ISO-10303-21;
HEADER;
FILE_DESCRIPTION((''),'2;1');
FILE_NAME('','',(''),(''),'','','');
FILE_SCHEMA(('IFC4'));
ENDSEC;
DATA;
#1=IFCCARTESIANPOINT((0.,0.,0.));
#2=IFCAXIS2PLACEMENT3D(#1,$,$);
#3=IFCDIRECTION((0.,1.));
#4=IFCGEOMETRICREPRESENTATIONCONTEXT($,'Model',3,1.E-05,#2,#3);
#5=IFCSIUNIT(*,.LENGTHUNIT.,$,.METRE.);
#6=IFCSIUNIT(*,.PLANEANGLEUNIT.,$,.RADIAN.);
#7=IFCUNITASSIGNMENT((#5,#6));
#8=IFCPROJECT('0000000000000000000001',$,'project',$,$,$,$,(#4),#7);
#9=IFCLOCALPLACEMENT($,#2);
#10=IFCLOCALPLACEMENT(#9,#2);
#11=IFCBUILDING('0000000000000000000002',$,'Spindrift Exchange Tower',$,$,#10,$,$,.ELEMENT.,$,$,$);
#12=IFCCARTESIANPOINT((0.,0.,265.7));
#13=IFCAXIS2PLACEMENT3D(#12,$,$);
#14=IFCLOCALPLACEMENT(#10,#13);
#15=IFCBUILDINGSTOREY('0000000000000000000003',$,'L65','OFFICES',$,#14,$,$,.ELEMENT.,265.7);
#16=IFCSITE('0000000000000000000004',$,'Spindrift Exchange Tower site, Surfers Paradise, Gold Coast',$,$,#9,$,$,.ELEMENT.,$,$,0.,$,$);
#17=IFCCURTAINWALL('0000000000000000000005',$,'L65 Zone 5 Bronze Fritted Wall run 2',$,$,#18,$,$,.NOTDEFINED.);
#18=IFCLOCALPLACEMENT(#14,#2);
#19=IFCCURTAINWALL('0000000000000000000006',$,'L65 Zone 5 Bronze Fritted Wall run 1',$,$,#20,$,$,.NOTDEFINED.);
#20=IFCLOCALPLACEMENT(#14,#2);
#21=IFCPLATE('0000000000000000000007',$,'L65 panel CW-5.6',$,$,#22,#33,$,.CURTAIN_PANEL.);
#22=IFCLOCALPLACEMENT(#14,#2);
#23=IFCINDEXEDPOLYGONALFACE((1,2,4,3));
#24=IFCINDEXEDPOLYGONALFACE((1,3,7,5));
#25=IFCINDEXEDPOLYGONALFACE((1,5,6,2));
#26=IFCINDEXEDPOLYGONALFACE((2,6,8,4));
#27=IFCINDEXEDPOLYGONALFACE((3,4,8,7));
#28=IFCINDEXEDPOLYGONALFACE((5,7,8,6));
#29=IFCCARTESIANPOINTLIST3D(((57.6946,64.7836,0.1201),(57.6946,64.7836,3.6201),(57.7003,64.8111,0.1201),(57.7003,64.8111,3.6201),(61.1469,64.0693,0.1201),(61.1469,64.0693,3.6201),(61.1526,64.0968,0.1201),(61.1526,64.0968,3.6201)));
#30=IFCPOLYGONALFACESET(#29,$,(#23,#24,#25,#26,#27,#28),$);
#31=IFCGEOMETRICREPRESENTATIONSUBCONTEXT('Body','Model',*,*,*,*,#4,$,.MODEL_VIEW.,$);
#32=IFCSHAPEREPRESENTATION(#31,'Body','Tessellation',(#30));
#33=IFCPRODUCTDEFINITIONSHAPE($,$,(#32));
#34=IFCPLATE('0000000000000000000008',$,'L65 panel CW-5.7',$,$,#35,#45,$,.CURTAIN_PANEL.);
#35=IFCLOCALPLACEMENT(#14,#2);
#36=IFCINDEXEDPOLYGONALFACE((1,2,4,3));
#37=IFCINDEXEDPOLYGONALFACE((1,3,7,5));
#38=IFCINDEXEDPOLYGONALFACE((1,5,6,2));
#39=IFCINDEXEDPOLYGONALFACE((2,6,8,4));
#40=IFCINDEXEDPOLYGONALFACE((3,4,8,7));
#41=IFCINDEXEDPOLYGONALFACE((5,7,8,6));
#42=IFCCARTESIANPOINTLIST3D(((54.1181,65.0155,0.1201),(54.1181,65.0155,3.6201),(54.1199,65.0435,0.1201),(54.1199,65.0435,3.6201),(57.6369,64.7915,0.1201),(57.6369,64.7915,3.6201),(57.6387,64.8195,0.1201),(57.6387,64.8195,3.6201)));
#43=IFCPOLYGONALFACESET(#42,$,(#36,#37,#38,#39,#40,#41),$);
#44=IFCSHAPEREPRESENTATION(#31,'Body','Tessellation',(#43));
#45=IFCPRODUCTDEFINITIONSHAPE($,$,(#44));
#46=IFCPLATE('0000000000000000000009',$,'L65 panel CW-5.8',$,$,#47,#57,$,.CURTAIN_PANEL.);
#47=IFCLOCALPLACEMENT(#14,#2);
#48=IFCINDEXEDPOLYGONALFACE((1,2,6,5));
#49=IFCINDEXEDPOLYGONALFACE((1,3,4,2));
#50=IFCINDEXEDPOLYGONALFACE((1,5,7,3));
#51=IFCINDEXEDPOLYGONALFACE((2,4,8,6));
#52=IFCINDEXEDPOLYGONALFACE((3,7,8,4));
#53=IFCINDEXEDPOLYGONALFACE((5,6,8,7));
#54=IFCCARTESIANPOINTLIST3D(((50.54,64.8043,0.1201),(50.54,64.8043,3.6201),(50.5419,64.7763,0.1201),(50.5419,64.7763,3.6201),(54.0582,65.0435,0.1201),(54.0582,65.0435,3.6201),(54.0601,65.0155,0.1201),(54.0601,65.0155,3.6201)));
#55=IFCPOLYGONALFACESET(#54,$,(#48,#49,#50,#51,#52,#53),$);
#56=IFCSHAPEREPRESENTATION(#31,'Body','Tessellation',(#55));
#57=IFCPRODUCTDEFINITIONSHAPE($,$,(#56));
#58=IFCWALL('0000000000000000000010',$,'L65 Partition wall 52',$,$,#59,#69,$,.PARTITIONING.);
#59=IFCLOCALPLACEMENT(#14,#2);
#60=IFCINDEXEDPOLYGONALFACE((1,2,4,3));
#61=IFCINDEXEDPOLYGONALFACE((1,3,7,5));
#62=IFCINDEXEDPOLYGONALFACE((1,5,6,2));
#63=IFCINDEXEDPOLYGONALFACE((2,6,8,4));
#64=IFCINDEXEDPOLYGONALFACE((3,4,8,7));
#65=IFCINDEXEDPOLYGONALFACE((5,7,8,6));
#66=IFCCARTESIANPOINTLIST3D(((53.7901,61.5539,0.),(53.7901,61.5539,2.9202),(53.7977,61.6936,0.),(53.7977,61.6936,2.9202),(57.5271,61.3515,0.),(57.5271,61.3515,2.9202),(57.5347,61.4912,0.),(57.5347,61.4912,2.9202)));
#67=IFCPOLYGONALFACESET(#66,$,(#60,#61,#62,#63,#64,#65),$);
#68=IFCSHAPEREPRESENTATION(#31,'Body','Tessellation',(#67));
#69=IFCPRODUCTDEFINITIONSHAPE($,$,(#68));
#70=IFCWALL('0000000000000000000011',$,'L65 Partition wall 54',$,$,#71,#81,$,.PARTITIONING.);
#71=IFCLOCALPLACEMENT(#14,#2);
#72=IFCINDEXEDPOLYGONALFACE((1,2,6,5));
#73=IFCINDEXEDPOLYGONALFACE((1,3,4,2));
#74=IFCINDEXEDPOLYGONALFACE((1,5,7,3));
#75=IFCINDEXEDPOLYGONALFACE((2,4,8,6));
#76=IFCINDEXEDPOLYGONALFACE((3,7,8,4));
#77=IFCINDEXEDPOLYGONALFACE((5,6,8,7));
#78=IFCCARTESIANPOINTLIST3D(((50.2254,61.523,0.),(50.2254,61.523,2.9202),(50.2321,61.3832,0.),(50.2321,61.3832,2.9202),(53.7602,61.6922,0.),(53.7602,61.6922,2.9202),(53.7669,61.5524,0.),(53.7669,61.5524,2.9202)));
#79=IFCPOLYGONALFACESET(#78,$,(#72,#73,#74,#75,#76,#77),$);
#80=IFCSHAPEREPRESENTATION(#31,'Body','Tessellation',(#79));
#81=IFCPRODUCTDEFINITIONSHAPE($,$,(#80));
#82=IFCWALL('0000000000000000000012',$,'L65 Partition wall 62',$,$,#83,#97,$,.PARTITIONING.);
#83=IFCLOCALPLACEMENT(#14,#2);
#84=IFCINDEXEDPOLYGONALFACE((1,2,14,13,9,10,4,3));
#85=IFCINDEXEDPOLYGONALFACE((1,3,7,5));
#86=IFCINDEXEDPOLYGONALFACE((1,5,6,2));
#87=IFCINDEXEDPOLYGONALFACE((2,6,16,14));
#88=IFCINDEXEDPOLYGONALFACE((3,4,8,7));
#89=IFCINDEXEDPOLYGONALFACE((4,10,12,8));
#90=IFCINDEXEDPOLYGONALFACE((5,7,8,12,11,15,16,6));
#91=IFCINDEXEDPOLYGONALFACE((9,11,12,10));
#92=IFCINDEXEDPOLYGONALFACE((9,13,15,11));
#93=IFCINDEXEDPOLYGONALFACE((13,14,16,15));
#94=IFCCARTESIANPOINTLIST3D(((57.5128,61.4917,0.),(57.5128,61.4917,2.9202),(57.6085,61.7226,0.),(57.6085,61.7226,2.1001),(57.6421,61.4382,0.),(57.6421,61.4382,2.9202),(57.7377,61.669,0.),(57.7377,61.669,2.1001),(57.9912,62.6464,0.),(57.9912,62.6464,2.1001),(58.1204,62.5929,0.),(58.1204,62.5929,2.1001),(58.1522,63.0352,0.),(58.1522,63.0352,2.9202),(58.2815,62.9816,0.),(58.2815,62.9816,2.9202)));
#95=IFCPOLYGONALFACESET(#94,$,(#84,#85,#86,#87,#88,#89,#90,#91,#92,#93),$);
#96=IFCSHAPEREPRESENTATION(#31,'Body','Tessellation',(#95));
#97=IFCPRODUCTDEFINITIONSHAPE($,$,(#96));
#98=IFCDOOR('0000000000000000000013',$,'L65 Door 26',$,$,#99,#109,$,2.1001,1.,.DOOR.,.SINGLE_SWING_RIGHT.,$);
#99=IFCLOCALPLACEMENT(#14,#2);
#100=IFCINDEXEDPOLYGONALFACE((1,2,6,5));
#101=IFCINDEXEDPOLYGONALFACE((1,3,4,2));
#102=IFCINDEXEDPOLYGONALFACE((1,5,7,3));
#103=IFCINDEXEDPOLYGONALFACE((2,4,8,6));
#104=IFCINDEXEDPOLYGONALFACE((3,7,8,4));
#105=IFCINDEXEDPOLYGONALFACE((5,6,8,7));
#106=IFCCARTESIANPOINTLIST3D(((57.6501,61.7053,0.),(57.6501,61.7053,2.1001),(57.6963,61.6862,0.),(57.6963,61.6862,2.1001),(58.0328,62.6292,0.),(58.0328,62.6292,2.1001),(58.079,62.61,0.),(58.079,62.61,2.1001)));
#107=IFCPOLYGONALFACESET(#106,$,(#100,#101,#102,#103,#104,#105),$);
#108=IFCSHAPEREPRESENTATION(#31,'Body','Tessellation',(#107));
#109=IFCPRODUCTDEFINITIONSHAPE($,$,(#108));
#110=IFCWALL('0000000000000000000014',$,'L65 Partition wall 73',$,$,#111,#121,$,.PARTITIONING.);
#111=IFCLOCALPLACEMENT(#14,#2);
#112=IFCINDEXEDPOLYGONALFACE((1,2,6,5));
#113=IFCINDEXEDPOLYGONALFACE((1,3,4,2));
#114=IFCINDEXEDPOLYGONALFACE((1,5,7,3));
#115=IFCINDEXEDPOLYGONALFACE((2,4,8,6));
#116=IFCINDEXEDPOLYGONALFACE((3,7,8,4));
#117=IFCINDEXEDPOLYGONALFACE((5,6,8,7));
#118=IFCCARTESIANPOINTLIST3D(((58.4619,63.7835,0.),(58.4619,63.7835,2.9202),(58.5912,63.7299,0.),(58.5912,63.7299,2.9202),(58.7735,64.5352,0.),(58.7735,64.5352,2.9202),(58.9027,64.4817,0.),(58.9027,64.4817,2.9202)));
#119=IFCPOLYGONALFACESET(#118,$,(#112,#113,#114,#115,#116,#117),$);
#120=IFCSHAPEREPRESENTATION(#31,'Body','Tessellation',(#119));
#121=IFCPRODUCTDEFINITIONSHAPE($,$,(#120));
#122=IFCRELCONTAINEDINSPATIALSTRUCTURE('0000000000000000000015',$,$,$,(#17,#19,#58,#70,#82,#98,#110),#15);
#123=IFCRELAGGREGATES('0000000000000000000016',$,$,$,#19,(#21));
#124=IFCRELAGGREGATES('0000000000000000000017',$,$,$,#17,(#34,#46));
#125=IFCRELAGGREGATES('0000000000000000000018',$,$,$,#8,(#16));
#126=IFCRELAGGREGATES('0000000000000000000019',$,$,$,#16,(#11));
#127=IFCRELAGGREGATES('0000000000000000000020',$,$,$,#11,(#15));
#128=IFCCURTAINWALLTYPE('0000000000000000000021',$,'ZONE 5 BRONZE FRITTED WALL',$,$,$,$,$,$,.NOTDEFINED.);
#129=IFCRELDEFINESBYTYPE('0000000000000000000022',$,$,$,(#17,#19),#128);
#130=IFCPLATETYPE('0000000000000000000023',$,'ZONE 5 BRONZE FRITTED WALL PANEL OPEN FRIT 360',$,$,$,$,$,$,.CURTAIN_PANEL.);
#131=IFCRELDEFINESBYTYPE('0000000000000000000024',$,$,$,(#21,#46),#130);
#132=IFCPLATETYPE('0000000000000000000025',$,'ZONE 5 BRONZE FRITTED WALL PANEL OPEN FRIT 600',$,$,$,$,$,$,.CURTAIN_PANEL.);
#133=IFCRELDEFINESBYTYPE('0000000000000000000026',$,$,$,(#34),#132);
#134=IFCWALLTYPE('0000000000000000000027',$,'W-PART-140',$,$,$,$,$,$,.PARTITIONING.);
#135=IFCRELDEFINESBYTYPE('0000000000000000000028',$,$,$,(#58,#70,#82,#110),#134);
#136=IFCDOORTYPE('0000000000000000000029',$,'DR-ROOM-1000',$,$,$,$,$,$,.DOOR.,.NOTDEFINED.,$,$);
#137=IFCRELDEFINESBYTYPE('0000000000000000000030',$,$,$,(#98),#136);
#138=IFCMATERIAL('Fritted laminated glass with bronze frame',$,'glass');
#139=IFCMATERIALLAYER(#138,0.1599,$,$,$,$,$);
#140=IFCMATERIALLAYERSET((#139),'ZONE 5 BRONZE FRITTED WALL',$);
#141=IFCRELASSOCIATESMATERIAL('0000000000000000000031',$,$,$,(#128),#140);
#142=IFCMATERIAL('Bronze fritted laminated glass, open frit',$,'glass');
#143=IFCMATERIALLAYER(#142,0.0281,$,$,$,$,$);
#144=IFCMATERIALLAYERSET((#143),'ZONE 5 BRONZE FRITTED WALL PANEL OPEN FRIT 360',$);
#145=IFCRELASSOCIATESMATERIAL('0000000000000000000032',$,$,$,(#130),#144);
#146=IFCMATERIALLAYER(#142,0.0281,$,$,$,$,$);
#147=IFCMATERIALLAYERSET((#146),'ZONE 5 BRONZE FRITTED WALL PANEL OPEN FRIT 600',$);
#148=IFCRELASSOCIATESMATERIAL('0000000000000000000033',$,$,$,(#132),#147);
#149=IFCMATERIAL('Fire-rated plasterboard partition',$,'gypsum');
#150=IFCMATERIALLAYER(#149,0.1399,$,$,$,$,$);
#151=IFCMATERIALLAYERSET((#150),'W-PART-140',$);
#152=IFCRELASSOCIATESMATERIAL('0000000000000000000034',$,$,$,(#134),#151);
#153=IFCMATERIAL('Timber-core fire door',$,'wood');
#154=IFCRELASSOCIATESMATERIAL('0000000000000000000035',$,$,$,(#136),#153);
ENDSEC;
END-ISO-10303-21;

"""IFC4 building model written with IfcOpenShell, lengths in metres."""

from ifc_helpers import new_model, si_unit, direction, frame, frame_2d, origin, origin_2d, place, context, subcontext, project, spatial, rectangle, extrude, source, transform, mapped, material, layer, layer_set, type_object, element, fill, aggregate, save


model = new_model("IFC4")

# Units and contexts
model_context = context("Model", 3, precision=1e-05, world=origin(), true_north=direction((0.0, 1.0)))
body_context = subcontext(model_context, "Body", "Model", "MODEL_VIEW")
ifc_project = project(units=[si_unit("LENGTHUNIT", "METRE"), si_unit("PLANEANGLEUNIT", "RADIAN")], contexts=[model_context])

# Site, building, storey
site_placement = place(None, origin())
site = spatial("IfcSite", under=ifc_project, at=site_placement, Name="Spindrift Exchange Tower site, Surfers Paradise, Gold Coast", CompositionType="ELEMENT", RefElevation=0.0)
building_placement = place(site_placement, origin())
building = spatial("IfcBuilding", under=site, at=building_placement, Name="Spindrift Exchange Tower", CompositionType="ELEMENT")
storey_placement = place(building_placement, frame((0.0, 0.0, 265.7)))
storey = spatial("IfcBuildingStorey", under=building, at=storey_placement, Name="L65", Description="OFFICES", CompositionType="ELEMENT", Elevation=265.7)

# Curtain walls
ifc_material_1 = material(Name="Fritted laminated glass with bronze frame", Category="glass")
ifc_layer_1 = layer(ifc_material_1, 0.1599)
ifc_layer_set_1 = layer_set([ifc_layer_1], Name="ZONE 5 BRONZE FRITTED WALL")
curtain_wall_type = type_object("IfcCurtainWallType", Name="ZONE 5 BRONZE FRITTED WALL", PredefinedType="NOTDEFINED", material=ifc_layer_set_1)
curtain_wall_1_placement = place(storey_placement, origin())
curtain_wall_1 = element("IfcCurtainWall", 1, at=curtain_wall_1_placement, inside=storey, type_object=curtain_wall_type, Name="L65 Zone 5 Bronze Fritted Wall run 2", PredefinedType="NOTDEFINED")
curtain_wall_2_placement = place(storey_placement, origin())
curtain_wall_2 = element("IfcCurtainWall", 2, at=curtain_wall_2_placement, inside=storey, type_object=curtain_wall_type, Name="L65 Zone 5 Bronze Fritted Wall run 1", PredefinedType="NOTDEFINED")

# Plates
ifc_material_2 = material(Name="Bronze fritted laminated glass, open frit", Category="glass")
ifc_layer_2 = layer(ifc_material_2, 0.0281)
ifc_layer_set_2 = layer_set([ifc_layer_2], Name="ZONE 5 BRONZE FRITTED WALL PANEL OPEN FRIT 360")
plate_type_1 = type_object("IfcPlateType", Name="ZONE 5 BRONZE FRITTED WALL PANEL OPEN FRIT 360", PredefinedType="CURTAIN_PANEL", material=ifc_layer_set_2)
shared_shape_1 = source(origin(), body_context, "Body", "SweptSolid", [
    extrude(rectangle(XDim=3.5254, YDim=0.0281, at=origin_2d()), origin(), (0.0, 0.0, 1.0), 3.5),
])
plate_1_placement = place(storey_placement, frame((59.4236, 64.4402, 0.1201), z_axis=(0.0, 0.0, 1.0), x_axis=(-0.979257, 0.202623, 0.0)))
plate_1 = element("IfcPlate", 3, at=plate_1_placement, type_object=plate_type_1, Name="L65 panel CW-5.6", PredefinedType="CURTAIN_PANEL", context=body_context, shape_type="MappedRepresentation", body=[
    mapped(shared_shape_1, transform((0.0, 0.0, 0.0), scale=1.0)),
])
aggregate(curtain_wall_2, [plate_1])
ifc_layer_3 = layer(ifc_material_2, 0.0281)
ifc_layer_set_3 = layer_set([ifc_layer_3], Name="ZONE 5 BRONZE FRITTED WALL PANEL OPEN FRIT 600")
plate_type_2 = type_object("IfcPlateType", Name="ZONE 5 BRONZE FRITTED WALL PANEL OPEN FRIT 600", PredefinedType="CURTAIN_PANEL", material=ifc_layer_set_3)
shared_shape_2 = source(origin(), body_context, "Body", "SweptSolid", [
    extrude(rectangle(XDim=3.5259, YDim=0.0281, at=origin_2d()), origin(), (0.0, 0.0, 1.0), 3.5),
])
plate_2_placement = place(storey_placement, frame((55.8784, 64.9175, 0.1201), z_axis=(0.0, 0.0, 1.0), x_axis=(-0.99798, 0.063524, 0.0)))
plate_2 = element("IfcPlate", 4, at=plate_2_placement, type_object=plate_type_2, Name="L65 panel CW-5.7", PredefinedType="CURTAIN_PANEL", context=body_context, shape_type="MappedRepresentation", body=[
    mapped(shared_shape_2, transform((0.0, 0.0, 0.0), scale=1.0)),
])
shared_shape_3 = source(origin(), body_context, "Body", "SweptSolid", [
    extrude(rectangle(XDim=3.5264, YDim=0.0281, at=origin_2d()), origin(), (0.0, 0.0, 1.0), 3.5),
])
plate_3_placement = place(storey_placement, frame((52.3, 64.9099, 0.1201), z_axis=(0.0, 0.0, 1.0), x_axis=(-0.997696, -0.067843, 0.0)))
plate_3 = element("IfcPlate", 5, at=plate_3_placement, type_object=plate_type_1, Name="L65 panel CW-5.8", PredefinedType="CURTAIN_PANEL", context=body_context, shape_type="MappedRepresentation", body=[
    mapped(shared_shape_3, transform((0.0, 0.0, 0.0), scale=1.0)),
])
aggregate(curtain_wall_1, [plate_2, plate_3])

# Walls
ifc_material_3 = material(Name="Fire-rated plasterboard partition", Category="gypsum")
ifc_layer_4 = layer(ifc_material_3, 0.1399)
ifc_layer_set_4 = layer_set([ifc_layer_4], Name="W-PART-140")
wall_type = type_object("IfcWallType", Name="W-PART-140", PredefinedType="PARTITIONING", material=ifc_layer_set_4)
wall_1_placement = place(storey_placement, frame((57.5308, 61.4214, 0.0), z_axis=(0.0, 0.0, 1.0), x_axis=(-0.998537, 0.054079, 0.0)))
element("IfcWall", 6, at=wall_1_placement, inside=storey, type_object=wall_type, Name="L65 Partition wall 52", PredefinedType="PARTITIONING", context=body_context, shape_type="SweptSolid", body=[
    extrude(rectangle(XDim=3.7424, YDim=0.1399, at=frame_2d((1.8711, 0.0))), origin(), (0.0, 0.0, 1.0), 2.9202),
])
wall_2_placement = place(storey_placement, frame((53.7637, 61.6223, 0.0), z_axis=(0.0, 0.0, 1.0), x_axis=(-0.998856, -0.047811, 0.0)))
element("IfcWall", 7, at=wall_2_placement, inside=storey, type_object=wall_type, Name="L65 Partition wall 54", PredefinedType="PARTITIONING", context=body_context, shape_type="SweptSolid", body=[
    extrude(rectangle(XDim=3.5388, YDim=0.1399, at=frame_2d((1.7695, 0.0))), origin(), (0.0, 0.0, 1.0), 2.9202),
])

# Wall, opening, door
wall_3_placement = place(storey_placement, frame((57.5774, 61.4648, 0.0), z_axis=(0.0, 0.0, 1.0), x_axis=(0.382726, 0.923862, 0.0)))
wall_3 = element("IfcWall", 8, at=wall_3_placement, inside=storey, type_object=wall_type, Name="L65 Partition wall 62", PredefinedType="PARTITIONING", context=body_context, shape_type="SweptSolid", body=[
    extrude(rectangle(XDim=1.6707, YDim=0.1399, at=frame_2d((0.8354, 0.0))), origin(), (0.0, 0.0, 1.0), 2.9202),
])
opening_placement = place(wall_3_placement, frame((0.25, 0.0, 0.0)))
opening = element("IfcOpeningElement", 9, at=opening_placement, cuts=wall_3, PredefinedType="OPENING", context=body_context, shape_type="SweptSolid", body=[
    extrude(rectangle(XDim=1.0, YDim=2.1001, at=frame_2d((0.5, 1.05))), frame((0.0, 0.0798, 0.0), z_axis=(0.0, -1.0, 0.0), x_axis=(1.0, 0.0, 0.0)), (0.0, 0.0, 1.0), 0.1599),
])
ifc_material_4 = material(Name="Timber-core fire door", Category="wood")
door_type = type_object("IfcDoorType", Name="DR-ROOM-1000", OperationType="NOTDEFINED", PredefinedType="DOOR", material=ifc_material_4)
shared_shape_4 = source(origin(), body_context, "Body", "SweptSolid", [
    extrude(rectangle(XDim=1.0, YDim=2.1001, at=frame_2d((0.5, 1.05))), frame((0.0, 0.0249, 0.0), z_axis=(0.0, -1.0, 0.0), x_axis=(1.0, 0.0, 0.0)), (0.0, 0.0, 1.0), 0.05),
])
door_placement = place(opening_placement, origin())
door = element("IfcDoor", 10, at=door_placement, inside=storey, type_object=door_type, Name="L65 Door 26", OperationType="SINGLE_SWING_RIGHT", OverallHeight=2.1001, OverallWidth=1.0, PredefinedType="DOOR", context=body_context, shape_type="MappedRepresentation", body=[
    mapped(shared_shape_4, transform((0.0, 0.0, 0.0), scale=1.0)),
])
fill(opening, door)

# Wall
wall_4_placement = place(storey_placement, frame((58.5266, 63.7568, 0.0), z_axis=(0.0, 0.0, 1.0), x_axis=(0.382846, 0.923812, 0.0)))
element("IfcWall", 11, at=wall_4_placement, inside=storey, type_object=wall_type, Name="L65 Partition wall 73", PredefinedType="PARTITIONING", context=body_context, shape_type="SweptSolid", body=[
    extrude(rectangle(XDim=0.8137, YDim=0.1399, at=frame_2d((0.4067, 0.0))), origin(), (0.0, 0.0, 1.0), 2.9202),
])

save(model, "model.ifc")
